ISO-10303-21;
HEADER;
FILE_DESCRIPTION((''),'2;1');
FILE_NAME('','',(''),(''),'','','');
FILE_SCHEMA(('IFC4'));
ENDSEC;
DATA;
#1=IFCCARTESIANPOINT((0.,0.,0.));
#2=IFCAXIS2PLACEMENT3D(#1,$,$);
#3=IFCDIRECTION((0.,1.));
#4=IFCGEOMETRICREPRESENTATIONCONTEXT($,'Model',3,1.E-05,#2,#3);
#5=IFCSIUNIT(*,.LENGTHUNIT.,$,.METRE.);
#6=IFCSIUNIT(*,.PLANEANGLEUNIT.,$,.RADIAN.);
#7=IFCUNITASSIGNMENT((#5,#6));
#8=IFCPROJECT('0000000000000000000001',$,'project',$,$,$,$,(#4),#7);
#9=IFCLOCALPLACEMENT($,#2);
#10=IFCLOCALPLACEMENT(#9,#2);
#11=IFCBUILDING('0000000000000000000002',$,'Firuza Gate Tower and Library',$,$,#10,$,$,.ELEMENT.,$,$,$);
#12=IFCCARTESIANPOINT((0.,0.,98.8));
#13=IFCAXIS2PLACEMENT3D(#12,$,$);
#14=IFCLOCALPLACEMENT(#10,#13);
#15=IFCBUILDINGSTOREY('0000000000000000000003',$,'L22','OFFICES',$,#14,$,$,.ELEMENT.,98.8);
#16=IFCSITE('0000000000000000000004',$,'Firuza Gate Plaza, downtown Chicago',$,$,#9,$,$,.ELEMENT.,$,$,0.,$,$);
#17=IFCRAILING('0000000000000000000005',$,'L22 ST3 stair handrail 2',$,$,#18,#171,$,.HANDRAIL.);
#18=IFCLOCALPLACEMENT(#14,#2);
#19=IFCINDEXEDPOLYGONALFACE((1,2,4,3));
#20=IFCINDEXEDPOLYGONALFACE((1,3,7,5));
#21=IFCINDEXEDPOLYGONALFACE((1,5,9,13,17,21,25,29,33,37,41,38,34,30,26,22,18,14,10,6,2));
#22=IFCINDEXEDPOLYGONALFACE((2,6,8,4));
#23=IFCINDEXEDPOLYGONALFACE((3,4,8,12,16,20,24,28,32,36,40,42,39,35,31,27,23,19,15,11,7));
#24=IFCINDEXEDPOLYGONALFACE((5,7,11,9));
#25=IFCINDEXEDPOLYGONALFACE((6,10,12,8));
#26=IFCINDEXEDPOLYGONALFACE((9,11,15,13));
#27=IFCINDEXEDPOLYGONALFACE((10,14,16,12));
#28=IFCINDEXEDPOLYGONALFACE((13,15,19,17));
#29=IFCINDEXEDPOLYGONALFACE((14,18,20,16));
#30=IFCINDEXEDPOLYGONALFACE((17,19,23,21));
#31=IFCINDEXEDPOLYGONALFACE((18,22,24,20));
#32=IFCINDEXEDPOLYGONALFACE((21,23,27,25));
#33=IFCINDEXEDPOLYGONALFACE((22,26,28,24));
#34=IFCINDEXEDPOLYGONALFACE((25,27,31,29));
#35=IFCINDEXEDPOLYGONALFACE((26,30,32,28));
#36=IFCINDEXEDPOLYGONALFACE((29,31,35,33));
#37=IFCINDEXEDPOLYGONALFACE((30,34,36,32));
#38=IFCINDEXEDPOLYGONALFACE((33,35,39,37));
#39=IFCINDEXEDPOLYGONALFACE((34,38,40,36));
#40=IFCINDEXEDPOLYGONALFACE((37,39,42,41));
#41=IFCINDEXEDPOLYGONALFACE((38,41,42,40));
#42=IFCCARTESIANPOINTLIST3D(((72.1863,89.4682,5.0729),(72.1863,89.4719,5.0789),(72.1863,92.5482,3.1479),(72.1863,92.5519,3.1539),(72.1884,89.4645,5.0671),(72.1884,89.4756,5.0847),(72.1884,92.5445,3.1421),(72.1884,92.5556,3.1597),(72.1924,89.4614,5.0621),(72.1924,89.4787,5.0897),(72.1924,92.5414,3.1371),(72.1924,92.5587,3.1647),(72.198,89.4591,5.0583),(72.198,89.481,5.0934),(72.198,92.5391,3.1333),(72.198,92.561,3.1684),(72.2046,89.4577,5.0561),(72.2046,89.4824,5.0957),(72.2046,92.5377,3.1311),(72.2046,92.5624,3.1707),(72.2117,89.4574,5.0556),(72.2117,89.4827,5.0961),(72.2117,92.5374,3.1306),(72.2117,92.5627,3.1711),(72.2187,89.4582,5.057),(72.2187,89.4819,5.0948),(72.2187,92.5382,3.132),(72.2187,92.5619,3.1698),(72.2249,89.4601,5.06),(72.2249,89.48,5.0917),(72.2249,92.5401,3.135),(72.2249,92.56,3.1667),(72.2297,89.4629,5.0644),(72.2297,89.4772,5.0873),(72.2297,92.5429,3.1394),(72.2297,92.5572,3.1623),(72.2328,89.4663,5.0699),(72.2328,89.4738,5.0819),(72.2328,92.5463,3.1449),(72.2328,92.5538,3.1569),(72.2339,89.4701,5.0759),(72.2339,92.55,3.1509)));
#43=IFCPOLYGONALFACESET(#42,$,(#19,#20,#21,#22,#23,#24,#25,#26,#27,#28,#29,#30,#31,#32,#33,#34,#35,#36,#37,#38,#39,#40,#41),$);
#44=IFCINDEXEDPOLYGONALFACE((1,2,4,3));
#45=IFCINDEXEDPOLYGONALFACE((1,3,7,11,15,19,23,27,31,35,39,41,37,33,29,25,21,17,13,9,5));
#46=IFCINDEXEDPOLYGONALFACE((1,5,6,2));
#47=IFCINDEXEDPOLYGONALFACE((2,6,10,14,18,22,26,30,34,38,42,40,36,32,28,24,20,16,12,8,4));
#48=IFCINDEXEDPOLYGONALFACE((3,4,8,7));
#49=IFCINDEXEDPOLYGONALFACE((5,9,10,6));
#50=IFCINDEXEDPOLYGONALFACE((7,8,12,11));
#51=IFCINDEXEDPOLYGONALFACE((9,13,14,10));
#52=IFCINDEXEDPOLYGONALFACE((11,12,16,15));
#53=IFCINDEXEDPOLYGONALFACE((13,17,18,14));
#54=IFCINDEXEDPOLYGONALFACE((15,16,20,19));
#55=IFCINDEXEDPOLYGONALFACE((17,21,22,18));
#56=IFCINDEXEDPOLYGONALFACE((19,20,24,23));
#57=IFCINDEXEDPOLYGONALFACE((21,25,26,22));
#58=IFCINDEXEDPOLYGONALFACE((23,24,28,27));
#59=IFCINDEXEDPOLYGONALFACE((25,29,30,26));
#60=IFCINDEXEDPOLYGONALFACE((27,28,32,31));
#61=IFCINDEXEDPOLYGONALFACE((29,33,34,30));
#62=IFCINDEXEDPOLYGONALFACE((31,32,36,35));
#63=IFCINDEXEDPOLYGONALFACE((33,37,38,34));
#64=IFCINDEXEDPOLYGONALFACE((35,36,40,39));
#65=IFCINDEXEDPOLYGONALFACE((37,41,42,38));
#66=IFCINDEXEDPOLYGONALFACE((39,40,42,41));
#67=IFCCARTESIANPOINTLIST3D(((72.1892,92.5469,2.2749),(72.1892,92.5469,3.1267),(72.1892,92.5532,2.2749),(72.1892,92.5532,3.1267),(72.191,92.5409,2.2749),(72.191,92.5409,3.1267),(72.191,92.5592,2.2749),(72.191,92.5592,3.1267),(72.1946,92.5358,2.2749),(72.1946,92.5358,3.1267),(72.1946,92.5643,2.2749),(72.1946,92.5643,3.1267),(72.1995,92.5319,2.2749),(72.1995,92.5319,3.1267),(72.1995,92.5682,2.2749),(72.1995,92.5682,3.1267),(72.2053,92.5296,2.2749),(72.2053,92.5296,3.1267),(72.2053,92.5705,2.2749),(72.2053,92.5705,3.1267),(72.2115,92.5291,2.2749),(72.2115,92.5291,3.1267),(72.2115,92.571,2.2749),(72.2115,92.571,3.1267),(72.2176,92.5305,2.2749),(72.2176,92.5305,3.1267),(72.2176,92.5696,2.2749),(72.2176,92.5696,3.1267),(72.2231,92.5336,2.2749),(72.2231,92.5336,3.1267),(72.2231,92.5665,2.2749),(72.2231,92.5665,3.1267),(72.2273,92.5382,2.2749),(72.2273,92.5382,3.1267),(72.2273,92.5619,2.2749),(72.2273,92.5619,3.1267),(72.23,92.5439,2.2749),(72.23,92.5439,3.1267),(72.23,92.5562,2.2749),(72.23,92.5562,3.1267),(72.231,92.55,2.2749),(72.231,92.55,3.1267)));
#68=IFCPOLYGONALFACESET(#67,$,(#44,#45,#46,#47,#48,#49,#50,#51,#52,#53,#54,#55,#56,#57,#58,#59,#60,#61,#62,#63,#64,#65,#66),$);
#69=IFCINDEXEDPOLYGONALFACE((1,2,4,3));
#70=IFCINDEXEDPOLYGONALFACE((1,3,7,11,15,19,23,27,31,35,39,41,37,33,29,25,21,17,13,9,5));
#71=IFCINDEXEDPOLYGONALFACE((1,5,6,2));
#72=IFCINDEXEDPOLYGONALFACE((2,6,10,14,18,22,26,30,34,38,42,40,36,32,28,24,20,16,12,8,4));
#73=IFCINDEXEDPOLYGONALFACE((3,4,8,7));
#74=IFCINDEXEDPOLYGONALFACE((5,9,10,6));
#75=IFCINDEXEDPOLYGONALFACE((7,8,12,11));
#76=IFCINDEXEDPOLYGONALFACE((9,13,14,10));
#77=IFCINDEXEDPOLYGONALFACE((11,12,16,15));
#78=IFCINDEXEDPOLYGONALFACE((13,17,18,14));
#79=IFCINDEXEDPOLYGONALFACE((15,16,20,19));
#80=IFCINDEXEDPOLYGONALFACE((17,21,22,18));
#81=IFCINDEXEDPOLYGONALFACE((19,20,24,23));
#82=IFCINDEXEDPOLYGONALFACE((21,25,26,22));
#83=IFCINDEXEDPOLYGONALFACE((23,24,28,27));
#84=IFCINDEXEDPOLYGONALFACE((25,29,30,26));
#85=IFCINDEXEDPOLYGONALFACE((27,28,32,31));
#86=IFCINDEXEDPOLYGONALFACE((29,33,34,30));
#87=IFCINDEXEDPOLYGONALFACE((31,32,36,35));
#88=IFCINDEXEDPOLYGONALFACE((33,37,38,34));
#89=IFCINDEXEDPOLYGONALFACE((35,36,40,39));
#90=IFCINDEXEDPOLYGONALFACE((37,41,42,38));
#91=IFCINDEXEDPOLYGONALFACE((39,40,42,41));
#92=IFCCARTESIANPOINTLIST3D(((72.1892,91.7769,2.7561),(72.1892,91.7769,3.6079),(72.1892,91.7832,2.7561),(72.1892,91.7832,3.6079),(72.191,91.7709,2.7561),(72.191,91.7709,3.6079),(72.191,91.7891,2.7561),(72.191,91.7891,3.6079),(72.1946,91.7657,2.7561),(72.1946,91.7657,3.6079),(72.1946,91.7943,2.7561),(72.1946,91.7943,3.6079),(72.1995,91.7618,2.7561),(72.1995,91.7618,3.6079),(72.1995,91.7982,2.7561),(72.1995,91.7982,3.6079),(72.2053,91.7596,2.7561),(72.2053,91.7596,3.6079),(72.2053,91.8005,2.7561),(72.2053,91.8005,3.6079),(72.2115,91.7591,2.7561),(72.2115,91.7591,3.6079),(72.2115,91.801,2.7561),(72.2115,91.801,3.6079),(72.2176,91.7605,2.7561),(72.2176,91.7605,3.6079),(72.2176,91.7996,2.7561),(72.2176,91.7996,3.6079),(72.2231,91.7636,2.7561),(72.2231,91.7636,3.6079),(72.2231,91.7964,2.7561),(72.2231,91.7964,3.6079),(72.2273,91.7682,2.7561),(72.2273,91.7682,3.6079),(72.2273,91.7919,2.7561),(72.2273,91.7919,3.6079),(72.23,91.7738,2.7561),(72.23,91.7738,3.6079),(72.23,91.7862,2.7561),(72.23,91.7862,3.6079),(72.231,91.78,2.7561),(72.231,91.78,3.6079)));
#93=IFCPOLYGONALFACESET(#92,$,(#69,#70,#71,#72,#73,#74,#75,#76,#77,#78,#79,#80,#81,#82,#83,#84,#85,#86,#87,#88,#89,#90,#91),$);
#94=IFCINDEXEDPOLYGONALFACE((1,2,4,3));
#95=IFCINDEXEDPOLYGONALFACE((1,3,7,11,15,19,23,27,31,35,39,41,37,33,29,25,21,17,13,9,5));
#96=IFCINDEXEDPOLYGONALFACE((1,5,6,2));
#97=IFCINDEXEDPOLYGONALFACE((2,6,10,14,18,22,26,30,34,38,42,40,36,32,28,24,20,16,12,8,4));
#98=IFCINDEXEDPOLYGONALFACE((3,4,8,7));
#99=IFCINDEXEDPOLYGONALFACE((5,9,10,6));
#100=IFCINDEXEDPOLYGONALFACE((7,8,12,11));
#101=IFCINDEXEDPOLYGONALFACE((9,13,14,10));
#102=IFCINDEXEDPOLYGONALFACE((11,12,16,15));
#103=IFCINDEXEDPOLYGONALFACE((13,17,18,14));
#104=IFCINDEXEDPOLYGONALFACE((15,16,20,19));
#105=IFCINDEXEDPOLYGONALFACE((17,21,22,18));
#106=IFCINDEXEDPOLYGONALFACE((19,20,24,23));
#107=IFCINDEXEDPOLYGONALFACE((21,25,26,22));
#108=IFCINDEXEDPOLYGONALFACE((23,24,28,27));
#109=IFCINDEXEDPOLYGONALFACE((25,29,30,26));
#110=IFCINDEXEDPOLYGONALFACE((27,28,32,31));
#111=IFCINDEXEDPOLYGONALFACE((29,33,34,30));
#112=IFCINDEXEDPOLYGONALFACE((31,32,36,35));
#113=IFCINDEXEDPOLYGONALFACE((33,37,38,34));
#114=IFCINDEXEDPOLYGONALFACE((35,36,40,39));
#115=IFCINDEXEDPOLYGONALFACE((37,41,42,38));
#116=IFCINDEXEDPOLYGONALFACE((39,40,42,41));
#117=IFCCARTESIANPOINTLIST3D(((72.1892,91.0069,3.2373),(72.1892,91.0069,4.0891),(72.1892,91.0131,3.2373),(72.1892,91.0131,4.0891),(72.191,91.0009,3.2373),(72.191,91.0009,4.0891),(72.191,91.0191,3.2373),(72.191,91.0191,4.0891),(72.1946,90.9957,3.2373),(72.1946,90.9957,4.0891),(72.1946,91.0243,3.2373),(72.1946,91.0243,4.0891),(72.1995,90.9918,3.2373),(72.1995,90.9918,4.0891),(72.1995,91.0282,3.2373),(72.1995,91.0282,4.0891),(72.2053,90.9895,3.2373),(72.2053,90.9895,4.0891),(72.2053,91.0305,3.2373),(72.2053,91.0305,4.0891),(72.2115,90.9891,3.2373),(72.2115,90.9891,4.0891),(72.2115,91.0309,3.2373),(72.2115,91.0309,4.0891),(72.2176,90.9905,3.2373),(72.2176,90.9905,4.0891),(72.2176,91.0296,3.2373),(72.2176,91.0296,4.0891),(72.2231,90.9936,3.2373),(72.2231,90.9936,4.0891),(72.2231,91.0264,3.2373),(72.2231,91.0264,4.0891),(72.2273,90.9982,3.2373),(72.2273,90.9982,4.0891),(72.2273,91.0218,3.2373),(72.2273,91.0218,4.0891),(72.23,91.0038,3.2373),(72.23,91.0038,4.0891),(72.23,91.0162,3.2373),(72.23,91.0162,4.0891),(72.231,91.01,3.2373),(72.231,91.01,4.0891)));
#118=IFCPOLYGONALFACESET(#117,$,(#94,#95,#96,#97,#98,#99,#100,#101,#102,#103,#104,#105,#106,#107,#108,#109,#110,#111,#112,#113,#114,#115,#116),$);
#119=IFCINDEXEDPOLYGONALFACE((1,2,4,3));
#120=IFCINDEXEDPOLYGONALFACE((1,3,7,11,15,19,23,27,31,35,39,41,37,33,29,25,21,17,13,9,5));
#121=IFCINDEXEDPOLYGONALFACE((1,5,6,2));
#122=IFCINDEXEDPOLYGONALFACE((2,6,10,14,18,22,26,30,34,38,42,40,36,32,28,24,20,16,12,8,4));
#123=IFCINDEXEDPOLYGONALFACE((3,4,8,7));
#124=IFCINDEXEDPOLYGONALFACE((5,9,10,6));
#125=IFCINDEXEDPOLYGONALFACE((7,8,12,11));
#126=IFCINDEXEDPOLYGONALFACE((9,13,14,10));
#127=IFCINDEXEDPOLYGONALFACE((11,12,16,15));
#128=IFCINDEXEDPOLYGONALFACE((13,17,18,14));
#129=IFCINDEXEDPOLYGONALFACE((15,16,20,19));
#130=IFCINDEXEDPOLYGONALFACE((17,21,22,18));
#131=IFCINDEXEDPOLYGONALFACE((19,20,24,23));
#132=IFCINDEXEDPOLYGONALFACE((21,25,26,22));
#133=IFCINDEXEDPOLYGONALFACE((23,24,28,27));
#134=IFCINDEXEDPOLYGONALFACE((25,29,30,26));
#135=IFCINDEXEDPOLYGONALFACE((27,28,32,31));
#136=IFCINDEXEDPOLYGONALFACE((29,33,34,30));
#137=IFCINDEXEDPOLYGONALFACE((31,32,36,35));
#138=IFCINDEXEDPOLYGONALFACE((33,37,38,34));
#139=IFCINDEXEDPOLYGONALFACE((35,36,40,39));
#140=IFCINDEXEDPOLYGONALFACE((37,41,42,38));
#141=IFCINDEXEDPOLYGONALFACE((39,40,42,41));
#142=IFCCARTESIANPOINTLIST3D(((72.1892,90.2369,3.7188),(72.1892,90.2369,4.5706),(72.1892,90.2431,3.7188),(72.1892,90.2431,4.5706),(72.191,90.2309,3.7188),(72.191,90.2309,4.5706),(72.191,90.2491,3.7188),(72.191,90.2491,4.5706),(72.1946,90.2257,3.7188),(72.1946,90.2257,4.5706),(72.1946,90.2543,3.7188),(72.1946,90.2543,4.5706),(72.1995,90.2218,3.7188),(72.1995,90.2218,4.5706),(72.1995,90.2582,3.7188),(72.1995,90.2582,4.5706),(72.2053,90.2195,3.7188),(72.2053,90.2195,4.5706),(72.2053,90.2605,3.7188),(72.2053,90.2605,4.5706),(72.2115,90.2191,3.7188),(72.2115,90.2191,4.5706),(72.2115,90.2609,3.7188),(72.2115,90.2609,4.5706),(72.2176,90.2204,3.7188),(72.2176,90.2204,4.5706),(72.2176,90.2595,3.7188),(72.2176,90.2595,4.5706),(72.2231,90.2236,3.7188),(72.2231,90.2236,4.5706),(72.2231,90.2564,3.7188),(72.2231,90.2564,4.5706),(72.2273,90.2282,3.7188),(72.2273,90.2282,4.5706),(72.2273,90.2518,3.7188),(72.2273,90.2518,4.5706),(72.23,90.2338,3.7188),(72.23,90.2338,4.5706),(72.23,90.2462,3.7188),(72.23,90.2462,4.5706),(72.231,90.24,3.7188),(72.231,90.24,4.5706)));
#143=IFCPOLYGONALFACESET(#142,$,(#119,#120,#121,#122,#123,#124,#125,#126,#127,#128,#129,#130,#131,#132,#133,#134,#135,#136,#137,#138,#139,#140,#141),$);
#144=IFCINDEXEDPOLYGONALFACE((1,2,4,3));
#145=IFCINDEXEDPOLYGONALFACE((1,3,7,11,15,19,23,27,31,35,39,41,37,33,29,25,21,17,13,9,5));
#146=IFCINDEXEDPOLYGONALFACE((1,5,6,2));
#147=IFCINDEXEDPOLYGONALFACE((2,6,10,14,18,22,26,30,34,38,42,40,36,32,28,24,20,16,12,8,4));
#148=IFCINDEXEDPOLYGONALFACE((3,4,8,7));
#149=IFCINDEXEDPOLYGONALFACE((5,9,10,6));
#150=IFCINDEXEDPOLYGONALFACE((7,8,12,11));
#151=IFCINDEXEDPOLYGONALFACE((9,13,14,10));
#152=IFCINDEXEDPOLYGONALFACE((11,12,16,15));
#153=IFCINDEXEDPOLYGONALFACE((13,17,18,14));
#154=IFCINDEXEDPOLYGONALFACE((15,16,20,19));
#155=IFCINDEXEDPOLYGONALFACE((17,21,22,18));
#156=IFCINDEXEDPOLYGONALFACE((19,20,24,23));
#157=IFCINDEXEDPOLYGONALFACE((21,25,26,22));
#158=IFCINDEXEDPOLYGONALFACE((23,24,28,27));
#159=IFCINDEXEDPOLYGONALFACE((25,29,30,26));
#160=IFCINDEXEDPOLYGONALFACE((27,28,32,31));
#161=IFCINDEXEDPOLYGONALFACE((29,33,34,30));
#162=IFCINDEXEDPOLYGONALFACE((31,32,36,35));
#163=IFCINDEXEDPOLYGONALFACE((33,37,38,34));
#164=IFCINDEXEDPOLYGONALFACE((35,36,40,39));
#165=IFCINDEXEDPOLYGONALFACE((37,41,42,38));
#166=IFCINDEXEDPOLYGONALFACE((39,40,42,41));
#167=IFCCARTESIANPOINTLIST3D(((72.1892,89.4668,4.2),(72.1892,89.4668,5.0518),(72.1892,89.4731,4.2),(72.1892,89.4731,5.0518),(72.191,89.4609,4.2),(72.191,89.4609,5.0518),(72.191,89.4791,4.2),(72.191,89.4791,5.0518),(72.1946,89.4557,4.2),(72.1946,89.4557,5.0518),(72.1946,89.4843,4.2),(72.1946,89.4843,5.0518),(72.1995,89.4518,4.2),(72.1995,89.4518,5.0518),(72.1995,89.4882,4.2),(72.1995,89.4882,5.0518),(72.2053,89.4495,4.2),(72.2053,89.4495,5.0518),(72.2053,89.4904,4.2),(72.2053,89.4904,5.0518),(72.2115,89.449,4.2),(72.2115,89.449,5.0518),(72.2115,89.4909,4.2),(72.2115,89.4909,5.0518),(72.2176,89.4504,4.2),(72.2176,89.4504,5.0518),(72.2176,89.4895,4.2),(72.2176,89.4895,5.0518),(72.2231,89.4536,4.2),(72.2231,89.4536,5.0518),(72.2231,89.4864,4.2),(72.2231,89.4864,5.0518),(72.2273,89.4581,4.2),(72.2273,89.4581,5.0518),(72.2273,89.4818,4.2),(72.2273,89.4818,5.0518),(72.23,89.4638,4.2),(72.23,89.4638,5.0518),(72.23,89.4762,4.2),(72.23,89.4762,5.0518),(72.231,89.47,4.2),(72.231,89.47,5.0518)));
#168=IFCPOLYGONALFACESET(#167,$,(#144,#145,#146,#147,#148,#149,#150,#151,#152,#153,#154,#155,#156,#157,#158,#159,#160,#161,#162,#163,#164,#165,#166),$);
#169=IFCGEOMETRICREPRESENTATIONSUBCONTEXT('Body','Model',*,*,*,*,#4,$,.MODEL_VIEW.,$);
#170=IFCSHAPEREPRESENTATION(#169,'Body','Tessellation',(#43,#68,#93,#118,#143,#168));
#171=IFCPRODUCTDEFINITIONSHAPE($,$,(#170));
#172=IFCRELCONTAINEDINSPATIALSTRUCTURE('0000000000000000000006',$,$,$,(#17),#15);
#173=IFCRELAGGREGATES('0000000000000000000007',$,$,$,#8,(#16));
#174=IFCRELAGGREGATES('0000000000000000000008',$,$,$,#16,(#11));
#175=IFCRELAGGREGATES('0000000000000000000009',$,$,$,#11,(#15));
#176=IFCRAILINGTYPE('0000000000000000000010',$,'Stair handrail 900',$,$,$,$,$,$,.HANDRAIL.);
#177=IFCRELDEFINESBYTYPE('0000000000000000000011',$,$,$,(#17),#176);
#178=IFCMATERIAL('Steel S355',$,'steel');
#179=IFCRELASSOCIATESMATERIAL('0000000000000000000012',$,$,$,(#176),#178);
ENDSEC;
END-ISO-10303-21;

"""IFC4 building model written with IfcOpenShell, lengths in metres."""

from ifc_helpers import new_model, si_unit, direction, frame, origin, origin_2d, place, context, subcontext, project, spatial, circle, extrude, material, type_object, element, save


model = new_model("IFC4")

# Units and contexts
model_context = context("Model", 3, precision=1e-05, world=origin(), true_north=direction((0.0, 1.0)))
body_context = subcontext(model_context, "Body", "Model", "MODEL_VIEW")
ifc_project = project(units=[si_unit("LENGTHUNIT", "METRE"), si_unit("PLANEANGLEUNIT", "RADIAN")], contexts=[model_context])

# Site, building, storey
site_placement = place(None, origin())
site = spatial("IfcSite", under=ifc_project, at=site_placement, Name="Firuza Gate Plaza, downtown Chicago", CompositionType="ELEMENT", RefElevation=0.0)
building_placement = place(site_placement, origin())
building = spatial("IfcBuilding", under=site, at=building_placement, Name="Firuza Gate Tower and Library", CompositionType="ELEMENT")
storey_placement = place(building_placement, frame((0.0, 0.0, 98.8)))
storey = spatial("IfcBuildingStorey", under=building, at=storey_placement, Name="L22", Description="OFFICES", CompositionType="ELEMENT", Elevation=98.8)

# Railing
ifc_material_1 = material(Name="Steel S355", Category="steel")
railing_type_1 = type_object("IfcRailingType", Name="Stair handrail 900", PredefinedType="HANDRAIL", material=ifc_material_1)
railing_1_placement = place(storey_placement, frame((72.21, 92.55, 2.2749)))
element("IfcRailing", 1, at=railing_1_placement, inside=storey, type_object=railing_type_1, Name="L22 ST3 stair handrail 2", PredefinedType="HANDRAIL", context=body_context, shape_type="SweptSolid", body=[
    extrude(circle(Radius=0.0239, at=origin_2d()), frame((0.0, 0.0, 0.876), z_axis=(0.0, -0.847998, 0.529999), x_axis=(1.0, 0.0, 0.0)), (0.0, 0.0, 1.0), 3.6321),
    extrude(circle(Radius=0.021, at=origin_2d()), origin(), (0.0, 0.0, 1.0), 0.8518),
    extrude(circle(Radius=0.021, at=origin_2d()), frame((0.0, -0.77, 0.4812)), (0.0, 0.0, 1.0), 0.8518),
    extrude(circle(Radius=0.021, at=origin_2d()), frame((0.0, -1.54, 0.9624)), (0.0, 0.0, 1.0), 0.8518),
    extrude(circle(Radius=0.021, at=origin_2d()), frame((0.0, -2.3101, 1.4438)), (0.0, 0.0, 1.0), 0.8518),
    extrude(circle(Radius=0.021, at=origin_2d()), frame((0.0, -3.0801, 1.925)), (0.0, 0.0, 1.0), 0.8518),
])

save(model, "model.ifc")
